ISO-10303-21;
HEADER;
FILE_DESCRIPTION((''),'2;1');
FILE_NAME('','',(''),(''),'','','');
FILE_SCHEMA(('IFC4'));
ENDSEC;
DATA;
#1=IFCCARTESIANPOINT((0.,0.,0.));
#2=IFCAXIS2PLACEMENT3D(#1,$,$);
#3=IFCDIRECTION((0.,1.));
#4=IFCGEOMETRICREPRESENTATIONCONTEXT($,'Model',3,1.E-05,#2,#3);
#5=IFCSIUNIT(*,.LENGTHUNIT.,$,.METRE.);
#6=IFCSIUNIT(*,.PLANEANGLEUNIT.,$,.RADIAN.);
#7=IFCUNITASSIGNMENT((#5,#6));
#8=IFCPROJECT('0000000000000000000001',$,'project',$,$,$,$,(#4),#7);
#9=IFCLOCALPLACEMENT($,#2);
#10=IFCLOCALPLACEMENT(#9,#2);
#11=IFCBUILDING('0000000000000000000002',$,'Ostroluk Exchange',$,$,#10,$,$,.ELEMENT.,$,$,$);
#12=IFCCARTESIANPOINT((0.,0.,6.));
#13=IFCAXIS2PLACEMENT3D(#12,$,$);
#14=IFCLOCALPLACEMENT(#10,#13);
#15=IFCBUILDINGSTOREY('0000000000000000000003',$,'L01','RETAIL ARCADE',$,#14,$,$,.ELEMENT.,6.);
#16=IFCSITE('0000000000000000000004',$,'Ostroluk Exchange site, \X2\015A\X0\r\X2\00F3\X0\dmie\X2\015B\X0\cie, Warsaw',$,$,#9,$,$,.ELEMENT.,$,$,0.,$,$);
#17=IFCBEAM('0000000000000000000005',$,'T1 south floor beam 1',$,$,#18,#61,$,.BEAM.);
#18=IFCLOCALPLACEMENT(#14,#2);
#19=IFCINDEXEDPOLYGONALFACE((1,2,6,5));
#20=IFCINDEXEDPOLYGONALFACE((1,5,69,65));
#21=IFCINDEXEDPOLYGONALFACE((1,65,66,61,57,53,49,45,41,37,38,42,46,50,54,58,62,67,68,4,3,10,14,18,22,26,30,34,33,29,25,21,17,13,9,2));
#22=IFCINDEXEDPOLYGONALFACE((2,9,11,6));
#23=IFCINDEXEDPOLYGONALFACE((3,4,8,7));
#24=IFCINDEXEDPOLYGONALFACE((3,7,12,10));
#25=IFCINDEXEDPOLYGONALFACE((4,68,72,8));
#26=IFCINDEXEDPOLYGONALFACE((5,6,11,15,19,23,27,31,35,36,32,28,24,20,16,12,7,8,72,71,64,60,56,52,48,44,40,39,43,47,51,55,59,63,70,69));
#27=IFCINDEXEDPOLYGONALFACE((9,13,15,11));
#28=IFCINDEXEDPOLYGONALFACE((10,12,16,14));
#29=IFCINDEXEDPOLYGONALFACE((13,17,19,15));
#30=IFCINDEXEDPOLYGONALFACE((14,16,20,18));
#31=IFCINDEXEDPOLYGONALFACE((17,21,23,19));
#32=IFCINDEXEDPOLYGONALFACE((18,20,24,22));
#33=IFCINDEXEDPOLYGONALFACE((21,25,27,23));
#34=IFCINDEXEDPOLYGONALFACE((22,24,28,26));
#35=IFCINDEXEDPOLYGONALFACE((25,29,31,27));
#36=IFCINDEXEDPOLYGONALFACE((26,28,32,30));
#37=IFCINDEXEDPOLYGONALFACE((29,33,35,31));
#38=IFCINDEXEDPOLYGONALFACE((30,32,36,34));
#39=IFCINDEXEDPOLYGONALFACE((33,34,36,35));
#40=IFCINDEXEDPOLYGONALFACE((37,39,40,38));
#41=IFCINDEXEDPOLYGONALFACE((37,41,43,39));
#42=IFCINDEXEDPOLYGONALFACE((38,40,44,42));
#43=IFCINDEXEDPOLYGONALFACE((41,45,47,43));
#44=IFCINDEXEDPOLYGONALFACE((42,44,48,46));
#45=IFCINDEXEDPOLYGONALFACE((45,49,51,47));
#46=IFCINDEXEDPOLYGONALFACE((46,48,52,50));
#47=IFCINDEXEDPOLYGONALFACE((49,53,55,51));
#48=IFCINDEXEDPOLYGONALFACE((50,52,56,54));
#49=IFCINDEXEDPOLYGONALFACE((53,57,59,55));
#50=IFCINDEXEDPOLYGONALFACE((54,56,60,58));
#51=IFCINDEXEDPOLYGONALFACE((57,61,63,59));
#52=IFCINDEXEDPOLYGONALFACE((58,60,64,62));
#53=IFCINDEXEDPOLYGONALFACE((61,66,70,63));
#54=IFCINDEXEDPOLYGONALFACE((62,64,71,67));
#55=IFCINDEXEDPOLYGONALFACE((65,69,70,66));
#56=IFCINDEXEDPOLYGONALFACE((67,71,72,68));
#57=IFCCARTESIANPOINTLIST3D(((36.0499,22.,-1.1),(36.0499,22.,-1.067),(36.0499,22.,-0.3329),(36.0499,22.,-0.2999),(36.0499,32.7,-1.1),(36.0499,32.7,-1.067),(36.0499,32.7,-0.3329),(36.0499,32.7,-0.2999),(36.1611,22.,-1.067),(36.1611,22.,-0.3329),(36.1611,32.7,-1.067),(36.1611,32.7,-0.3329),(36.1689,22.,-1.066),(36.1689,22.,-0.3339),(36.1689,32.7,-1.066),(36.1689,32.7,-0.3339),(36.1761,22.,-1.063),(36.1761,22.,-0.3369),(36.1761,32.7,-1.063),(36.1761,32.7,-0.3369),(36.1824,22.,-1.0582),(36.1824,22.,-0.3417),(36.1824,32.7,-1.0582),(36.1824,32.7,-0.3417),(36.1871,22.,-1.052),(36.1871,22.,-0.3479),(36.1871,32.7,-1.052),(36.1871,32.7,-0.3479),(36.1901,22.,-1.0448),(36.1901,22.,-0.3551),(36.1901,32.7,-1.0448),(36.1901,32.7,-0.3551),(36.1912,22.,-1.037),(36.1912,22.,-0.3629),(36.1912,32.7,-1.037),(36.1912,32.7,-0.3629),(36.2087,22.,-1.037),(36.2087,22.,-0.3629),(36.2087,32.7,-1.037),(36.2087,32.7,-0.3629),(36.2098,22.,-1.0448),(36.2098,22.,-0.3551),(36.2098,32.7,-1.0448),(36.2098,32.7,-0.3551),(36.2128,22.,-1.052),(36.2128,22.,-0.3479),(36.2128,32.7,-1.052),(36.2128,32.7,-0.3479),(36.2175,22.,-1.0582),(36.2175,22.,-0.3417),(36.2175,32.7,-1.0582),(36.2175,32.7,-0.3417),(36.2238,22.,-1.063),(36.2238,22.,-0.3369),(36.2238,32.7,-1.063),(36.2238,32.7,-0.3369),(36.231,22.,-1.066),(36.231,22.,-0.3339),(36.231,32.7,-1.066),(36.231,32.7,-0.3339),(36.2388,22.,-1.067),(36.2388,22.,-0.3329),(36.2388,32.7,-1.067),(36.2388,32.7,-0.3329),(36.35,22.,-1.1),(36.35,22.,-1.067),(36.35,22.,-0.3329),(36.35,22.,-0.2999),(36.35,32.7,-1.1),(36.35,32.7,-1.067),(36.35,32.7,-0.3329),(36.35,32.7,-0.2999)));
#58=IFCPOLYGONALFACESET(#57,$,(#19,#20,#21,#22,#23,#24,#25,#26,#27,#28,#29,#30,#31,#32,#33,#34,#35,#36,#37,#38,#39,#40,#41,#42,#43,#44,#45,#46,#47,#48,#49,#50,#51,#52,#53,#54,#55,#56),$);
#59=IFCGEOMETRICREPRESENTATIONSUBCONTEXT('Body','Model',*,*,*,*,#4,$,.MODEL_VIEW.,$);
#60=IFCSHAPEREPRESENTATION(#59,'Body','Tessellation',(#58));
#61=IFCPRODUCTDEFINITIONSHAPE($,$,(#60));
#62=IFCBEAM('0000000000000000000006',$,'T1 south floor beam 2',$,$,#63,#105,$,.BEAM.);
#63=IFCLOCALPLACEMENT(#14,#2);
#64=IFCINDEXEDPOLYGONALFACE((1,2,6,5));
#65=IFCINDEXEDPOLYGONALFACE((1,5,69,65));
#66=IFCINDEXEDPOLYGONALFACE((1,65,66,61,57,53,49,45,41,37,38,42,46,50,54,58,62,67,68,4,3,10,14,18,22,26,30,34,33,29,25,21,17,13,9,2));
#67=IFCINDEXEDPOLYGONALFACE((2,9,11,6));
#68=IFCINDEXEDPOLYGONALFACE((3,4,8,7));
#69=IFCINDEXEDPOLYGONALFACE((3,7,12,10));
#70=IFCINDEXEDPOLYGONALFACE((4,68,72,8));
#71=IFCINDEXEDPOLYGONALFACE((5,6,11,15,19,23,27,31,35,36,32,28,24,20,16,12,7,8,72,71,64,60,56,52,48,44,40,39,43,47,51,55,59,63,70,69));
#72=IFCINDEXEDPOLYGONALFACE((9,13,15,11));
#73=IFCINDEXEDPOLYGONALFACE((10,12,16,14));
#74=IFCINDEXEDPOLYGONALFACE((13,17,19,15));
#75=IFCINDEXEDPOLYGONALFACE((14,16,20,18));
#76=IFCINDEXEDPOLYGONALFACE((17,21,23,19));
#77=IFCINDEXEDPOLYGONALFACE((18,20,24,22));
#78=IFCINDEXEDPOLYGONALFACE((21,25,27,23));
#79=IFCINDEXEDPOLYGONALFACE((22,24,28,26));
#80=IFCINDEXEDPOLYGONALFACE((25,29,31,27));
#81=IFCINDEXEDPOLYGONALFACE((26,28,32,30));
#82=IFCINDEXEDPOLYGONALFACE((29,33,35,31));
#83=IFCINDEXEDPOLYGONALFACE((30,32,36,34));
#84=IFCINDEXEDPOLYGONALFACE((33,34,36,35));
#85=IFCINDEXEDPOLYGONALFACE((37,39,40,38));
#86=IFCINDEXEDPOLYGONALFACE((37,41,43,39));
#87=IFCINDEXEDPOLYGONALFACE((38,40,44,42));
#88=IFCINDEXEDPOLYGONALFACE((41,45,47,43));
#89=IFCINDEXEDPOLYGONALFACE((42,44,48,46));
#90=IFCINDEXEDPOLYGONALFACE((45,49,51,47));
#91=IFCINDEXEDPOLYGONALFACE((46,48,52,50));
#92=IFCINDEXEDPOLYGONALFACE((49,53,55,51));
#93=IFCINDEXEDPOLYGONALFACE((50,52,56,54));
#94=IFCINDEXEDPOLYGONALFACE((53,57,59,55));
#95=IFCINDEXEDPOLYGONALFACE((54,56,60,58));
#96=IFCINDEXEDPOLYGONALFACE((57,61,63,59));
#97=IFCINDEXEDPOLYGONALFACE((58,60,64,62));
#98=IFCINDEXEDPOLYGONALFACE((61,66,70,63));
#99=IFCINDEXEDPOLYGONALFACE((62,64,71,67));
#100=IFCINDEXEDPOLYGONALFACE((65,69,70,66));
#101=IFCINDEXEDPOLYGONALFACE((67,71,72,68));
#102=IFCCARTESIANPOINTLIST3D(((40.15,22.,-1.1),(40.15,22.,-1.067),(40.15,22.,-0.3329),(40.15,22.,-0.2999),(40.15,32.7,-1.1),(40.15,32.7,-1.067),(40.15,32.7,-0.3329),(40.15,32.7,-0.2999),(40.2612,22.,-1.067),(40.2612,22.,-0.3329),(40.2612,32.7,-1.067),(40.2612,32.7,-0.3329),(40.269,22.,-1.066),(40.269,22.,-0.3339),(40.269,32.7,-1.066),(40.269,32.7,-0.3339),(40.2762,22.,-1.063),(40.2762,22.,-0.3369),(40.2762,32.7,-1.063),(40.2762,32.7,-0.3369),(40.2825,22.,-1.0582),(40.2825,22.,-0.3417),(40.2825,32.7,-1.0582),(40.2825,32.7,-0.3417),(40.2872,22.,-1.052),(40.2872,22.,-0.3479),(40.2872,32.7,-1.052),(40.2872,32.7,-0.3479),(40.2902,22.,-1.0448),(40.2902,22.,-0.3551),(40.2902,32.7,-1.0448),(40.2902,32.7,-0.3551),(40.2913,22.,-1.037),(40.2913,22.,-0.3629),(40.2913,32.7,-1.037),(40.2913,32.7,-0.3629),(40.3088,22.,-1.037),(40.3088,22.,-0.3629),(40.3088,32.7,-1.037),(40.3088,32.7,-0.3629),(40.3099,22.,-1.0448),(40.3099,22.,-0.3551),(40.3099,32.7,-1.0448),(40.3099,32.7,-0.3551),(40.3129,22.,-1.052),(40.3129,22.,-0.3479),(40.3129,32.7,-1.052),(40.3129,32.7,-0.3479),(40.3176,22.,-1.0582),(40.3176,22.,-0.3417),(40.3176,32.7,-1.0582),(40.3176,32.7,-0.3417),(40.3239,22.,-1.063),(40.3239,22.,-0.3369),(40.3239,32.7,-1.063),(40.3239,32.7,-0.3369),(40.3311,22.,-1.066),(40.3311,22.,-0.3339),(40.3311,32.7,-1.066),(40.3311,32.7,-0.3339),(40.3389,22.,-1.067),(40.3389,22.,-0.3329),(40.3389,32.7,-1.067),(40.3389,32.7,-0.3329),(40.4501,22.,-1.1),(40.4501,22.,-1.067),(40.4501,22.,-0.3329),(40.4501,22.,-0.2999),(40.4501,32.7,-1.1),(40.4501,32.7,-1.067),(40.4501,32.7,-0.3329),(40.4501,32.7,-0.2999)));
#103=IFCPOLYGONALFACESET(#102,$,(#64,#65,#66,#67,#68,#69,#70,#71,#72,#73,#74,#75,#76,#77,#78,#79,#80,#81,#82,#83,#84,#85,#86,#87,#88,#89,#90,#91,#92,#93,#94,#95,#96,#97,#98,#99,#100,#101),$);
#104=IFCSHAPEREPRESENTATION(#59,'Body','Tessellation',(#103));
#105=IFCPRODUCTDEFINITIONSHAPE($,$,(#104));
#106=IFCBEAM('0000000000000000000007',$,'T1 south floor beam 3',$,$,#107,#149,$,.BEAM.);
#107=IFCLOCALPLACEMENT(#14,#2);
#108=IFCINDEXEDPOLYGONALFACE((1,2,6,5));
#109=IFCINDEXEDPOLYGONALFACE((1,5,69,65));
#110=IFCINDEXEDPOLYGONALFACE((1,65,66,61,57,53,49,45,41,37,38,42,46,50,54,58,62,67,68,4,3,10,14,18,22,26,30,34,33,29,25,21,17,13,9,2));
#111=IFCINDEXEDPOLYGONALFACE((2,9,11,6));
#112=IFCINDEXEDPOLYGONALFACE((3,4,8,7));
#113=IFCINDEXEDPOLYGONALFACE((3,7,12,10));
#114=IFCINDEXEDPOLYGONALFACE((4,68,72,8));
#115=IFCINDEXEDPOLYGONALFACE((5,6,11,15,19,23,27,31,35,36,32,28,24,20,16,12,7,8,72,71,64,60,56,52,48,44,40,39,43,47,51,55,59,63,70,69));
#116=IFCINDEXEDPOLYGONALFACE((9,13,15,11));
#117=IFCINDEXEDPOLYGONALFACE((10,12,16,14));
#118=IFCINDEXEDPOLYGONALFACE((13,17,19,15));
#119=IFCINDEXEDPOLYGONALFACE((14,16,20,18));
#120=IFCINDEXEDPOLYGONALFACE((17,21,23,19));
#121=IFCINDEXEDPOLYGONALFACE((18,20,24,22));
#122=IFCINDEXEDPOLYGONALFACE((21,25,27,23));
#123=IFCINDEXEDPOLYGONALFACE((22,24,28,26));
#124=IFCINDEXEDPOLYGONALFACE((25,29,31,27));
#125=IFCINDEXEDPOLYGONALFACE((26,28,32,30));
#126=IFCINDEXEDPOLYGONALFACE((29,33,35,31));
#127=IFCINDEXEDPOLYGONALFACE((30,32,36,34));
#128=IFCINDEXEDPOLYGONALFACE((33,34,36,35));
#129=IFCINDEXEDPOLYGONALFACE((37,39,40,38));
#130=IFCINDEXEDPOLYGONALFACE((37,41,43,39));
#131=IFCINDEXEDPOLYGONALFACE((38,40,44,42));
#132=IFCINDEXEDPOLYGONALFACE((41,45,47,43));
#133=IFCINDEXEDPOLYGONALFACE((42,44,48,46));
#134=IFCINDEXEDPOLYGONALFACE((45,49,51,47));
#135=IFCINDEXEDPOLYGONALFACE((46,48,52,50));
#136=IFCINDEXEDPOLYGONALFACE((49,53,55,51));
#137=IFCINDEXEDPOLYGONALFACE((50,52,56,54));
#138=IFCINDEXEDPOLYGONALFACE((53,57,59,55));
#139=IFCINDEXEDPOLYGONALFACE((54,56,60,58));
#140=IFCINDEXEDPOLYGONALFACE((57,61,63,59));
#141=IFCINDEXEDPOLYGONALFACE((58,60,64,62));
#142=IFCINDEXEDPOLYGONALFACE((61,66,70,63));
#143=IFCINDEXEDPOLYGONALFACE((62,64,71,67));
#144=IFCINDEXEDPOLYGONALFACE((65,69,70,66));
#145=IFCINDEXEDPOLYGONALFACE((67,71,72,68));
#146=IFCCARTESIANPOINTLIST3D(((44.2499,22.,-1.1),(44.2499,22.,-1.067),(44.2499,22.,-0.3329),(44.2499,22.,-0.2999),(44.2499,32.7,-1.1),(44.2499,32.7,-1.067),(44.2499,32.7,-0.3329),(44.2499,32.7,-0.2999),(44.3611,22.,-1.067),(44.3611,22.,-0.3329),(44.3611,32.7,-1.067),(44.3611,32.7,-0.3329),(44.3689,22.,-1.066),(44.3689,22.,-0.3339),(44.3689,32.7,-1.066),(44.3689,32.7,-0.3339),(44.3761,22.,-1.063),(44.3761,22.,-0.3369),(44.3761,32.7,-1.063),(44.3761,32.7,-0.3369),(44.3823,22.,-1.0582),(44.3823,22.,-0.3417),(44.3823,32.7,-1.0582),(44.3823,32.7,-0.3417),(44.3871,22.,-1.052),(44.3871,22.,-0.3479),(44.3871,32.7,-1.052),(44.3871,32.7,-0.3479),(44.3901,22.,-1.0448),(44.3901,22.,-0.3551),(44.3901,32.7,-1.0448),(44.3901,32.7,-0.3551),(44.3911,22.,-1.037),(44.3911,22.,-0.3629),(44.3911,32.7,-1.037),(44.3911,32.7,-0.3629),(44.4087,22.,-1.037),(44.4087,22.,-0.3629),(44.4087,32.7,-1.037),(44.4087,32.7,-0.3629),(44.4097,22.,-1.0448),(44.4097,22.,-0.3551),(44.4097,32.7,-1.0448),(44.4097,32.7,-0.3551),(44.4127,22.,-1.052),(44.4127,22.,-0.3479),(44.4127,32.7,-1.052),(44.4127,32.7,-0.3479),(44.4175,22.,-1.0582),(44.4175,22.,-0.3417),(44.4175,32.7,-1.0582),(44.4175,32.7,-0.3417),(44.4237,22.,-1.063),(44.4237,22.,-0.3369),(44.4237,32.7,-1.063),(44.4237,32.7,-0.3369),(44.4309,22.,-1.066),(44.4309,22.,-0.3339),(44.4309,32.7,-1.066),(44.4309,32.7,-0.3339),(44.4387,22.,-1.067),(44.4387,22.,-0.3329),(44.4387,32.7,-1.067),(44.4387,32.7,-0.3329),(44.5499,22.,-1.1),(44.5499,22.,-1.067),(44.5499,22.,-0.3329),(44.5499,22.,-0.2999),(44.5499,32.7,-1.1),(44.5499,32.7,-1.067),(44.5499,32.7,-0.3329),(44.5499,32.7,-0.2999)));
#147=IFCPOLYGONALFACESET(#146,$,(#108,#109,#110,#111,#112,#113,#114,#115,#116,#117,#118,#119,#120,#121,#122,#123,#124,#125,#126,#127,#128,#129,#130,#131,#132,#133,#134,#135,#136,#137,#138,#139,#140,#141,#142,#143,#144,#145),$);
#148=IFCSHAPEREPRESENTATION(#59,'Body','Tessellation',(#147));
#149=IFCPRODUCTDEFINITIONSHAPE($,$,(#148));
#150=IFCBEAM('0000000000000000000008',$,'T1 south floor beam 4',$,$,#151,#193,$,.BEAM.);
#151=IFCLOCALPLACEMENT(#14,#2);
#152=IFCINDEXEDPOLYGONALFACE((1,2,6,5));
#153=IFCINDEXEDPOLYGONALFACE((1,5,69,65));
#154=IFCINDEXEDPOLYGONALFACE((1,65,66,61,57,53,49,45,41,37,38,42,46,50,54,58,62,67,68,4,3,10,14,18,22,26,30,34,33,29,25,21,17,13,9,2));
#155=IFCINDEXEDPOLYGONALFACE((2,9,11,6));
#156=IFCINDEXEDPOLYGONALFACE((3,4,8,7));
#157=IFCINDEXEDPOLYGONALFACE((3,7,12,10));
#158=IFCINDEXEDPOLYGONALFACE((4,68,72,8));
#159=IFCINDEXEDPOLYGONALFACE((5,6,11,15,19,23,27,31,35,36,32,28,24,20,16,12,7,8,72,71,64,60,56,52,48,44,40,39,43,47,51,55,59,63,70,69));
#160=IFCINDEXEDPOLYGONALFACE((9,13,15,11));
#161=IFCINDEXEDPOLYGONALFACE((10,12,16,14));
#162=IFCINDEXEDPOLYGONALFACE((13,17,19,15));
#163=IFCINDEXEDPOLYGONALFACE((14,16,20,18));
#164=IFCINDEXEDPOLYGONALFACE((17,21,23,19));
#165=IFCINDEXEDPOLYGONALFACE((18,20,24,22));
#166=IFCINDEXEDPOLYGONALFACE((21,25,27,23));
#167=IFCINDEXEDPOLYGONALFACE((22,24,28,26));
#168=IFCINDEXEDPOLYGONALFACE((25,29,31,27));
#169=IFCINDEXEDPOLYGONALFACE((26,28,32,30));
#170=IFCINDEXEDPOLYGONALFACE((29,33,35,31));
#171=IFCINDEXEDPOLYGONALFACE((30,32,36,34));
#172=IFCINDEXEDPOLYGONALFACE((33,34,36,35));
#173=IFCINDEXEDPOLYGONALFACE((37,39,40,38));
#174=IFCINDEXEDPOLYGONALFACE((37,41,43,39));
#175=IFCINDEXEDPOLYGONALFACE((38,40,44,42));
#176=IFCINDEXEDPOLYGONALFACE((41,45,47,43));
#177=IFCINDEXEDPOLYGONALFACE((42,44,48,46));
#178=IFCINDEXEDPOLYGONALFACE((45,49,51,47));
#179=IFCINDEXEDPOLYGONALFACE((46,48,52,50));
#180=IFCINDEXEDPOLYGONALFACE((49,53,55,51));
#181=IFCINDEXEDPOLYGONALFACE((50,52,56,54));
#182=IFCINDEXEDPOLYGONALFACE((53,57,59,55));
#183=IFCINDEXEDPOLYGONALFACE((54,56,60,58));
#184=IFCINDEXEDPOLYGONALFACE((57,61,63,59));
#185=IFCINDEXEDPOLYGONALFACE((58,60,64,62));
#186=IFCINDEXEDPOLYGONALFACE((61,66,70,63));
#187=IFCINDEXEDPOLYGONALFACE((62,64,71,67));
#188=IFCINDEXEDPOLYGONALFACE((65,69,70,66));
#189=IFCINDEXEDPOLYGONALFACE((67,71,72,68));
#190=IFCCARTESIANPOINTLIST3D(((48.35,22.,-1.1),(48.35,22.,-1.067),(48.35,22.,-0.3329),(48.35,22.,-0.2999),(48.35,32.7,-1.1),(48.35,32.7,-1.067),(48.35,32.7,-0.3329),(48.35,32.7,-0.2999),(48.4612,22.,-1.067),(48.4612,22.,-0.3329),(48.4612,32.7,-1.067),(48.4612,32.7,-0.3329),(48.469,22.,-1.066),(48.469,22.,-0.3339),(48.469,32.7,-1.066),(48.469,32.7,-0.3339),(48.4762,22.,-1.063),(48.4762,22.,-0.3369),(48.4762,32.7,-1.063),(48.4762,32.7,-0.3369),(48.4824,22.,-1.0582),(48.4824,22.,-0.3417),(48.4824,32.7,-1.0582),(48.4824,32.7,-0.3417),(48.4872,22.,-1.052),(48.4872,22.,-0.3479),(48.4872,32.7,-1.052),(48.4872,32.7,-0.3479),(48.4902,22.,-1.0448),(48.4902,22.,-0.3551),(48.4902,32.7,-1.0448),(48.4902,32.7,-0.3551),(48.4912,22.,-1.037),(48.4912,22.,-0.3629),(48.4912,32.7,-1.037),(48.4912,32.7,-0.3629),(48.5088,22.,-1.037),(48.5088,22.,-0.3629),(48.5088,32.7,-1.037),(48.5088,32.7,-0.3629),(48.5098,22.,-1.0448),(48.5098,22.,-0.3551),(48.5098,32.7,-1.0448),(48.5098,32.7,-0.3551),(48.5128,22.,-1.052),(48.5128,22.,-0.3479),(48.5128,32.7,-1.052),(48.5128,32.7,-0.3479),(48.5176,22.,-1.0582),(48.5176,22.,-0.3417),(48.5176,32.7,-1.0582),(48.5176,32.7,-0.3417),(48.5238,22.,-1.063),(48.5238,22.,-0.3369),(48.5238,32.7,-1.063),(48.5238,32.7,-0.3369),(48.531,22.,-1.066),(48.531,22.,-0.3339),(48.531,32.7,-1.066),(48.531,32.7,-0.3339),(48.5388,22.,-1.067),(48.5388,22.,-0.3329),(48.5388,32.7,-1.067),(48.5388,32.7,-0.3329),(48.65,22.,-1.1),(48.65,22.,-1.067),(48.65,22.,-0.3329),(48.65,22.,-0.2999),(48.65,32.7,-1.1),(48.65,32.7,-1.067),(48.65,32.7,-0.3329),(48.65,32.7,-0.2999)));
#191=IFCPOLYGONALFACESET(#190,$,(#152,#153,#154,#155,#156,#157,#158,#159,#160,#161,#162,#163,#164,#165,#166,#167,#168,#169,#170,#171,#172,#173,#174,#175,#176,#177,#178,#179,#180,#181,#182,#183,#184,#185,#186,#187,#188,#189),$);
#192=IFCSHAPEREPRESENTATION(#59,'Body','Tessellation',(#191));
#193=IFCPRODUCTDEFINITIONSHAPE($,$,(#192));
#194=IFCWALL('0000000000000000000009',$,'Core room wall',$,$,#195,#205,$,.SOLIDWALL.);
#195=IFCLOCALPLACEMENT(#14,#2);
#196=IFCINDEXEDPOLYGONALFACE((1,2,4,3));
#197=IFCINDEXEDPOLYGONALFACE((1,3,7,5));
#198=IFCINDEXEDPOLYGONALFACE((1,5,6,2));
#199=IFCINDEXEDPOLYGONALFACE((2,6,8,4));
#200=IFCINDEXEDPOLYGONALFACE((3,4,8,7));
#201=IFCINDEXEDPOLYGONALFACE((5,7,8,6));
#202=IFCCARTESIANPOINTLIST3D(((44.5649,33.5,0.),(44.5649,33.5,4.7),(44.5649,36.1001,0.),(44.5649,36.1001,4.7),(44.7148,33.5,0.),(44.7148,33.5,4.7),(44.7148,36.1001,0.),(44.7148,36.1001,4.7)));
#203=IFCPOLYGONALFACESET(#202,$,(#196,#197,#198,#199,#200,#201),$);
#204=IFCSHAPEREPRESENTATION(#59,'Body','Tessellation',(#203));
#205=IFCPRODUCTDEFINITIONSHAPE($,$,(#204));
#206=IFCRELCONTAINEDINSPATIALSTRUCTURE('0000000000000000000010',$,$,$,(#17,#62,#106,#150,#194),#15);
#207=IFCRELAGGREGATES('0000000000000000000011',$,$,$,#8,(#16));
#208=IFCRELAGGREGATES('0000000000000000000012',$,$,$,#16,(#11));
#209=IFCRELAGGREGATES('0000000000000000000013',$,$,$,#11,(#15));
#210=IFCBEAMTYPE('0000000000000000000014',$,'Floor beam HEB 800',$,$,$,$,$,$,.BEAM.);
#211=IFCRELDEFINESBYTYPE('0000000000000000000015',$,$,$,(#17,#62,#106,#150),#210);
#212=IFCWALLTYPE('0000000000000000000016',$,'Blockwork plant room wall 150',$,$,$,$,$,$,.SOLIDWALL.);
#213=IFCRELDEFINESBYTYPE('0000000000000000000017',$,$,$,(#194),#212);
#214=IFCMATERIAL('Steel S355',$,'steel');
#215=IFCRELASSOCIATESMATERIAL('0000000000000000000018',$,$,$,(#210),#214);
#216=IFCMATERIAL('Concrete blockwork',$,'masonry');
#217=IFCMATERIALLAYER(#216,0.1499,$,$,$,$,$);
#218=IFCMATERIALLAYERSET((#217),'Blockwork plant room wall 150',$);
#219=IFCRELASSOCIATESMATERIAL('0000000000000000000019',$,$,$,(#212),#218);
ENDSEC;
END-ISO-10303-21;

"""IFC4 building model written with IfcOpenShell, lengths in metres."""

from ifc_helpers import new_model, si_unit, direction, frame, frame_2d, origin, origin_2d, place, context, subcontext, project, spatial, rectangle, i_section, extrude, material, layer, layer_set, material_profile, profile_set, type_object, element, save


model = new_model("IFC4")

# Units and contexts
model_context = context("Model", 3, precision=1e-05, world=origin(), true_north=direction((0.0, 1.0)))
body_context = subcontext(model_context, "Body", "Model", "MODEL_VIEW")
ifc_project = project(units=[si_unit("LENGTHUNIT", "METRE"), si_unit("PLANEANGLEUNIT", "RADIAN")], contexts=[model_context])

# Site, building, storey
site_placement = place(None, origin())
site = spatial("IfcSite", under=ifc_project, at=site_placement, Name="Ostroluk Exchange site, Śródmieście, Warsaw", CompositionType="ELEMENT", RefElevation=0.0)
building_placement = place(site_placement, origin())
building = spatial("IfcBuilding", under=site, at=building_placement, Name="Ostroluk Exchange", CompositionType="ELEMENT")
storey_placement = place(building_placement, frame((0.0, 0.0, 6.0)))
storey = spatial("IfcBuildingStorey", under=building, at=storey_placement, Name="L01", Description="RETAIL ARCADE", CompositionType="ELEMENT", Elevation=6.0)

# Beams
ifc_material_1 = material(Name="Steel S355", Category="steel")
ifc_material_profile = material_profile(ifc_material_1, i_section(OverallWidth=0.3, OverallDepth=0.8, WebThickness=0.0176, FlangeThickness=0.033, FilletRadius=0.03, at=origin_2d()), Name="HEB 800")
ifc_profile_set = profile_set([ifc_material_profile], Name="Steel S355")
beam_type = type_object("IfcBeamType", Name="Floor beam HEB 800", PredefinedType="BEAM", material=ifc_profile_set)
for number, where, z_axis, x_axis, name in (
    (1, (36.2, 32.7, -0.7), (0.0, -1.0, 0.0), (1.0, 0.0, 0.0), "T1 south floor beam 1"),
    (2, (40.3, 32.7, -0.7), (0.0, -1.0, 0.0), (1.0, 0.0, 0.0), "T1 south floor beam 2"),
    (3, (44.3999, 32.7, -0.7), (0.0, -1.0, 0.0), (1.0, 0.0, 0.0), "T1 south floor beam 3"),
    (4, (48.5, 32.7, -0.7), (0.0, -1.0, 0.0), (1.0, 0.0, 0.0), "T1 south floor beam 4"),
):
    element("IfcBeam", number, at=place(storey_placement, frame(where, z_axis=z_axis, x_axis=x_axis)), inside=storey, type_object=beam_type, Name=name, PredefinedType="BEAM", context=body_context, shape_type="SweptSolid", body=[
        extrude(i_section(OverallWidth=0.3, OverallDepth=0.8, WebThickness=0.0176, FlangeThickness=0.033, FilletRadius=0.03, at=origin_2d()), origin(), (0.0, 0.0, 1.0), 10.7),
    ])

# Wall
ifc_material_2 = material(Name="Concrete blockwork", Category="masonry")
ifc_layer_1 = layer(ifc_material_2, 0.1499)
ifc_layer_set_1 = layer_set([ifc_layer_1], Name="Blockwork plant room wall 150")
wall_type_1 = type_object("IfcWallType", Name="Blockwork plant room wall 150", PredefinedType="SOLIDWALL", material=ifc_layer_set_1)
wall_1_placement = place(storey_placement, frame((44.6399, 33.5, 0.0), z_axis=(0.0, 0.0, 1.0), x_axis=(0.0, 1.0, 0.0)))
element("IfcWall", 5, at=wall_1_placement, inside=storey, type_object=wall_type_1, Name="Core room wall", PredefinedType="SOLIDWALL", context=body_context, shape_type="SweptSolid", body=[
    extrude(rectangle(XDim=2.6001, YDim=0.1499, at=frame_2d((1.3, 0.0))), origin(), (0.0, 0.0, 1.0), 4.7),
])

save(model, "model.ifc")
